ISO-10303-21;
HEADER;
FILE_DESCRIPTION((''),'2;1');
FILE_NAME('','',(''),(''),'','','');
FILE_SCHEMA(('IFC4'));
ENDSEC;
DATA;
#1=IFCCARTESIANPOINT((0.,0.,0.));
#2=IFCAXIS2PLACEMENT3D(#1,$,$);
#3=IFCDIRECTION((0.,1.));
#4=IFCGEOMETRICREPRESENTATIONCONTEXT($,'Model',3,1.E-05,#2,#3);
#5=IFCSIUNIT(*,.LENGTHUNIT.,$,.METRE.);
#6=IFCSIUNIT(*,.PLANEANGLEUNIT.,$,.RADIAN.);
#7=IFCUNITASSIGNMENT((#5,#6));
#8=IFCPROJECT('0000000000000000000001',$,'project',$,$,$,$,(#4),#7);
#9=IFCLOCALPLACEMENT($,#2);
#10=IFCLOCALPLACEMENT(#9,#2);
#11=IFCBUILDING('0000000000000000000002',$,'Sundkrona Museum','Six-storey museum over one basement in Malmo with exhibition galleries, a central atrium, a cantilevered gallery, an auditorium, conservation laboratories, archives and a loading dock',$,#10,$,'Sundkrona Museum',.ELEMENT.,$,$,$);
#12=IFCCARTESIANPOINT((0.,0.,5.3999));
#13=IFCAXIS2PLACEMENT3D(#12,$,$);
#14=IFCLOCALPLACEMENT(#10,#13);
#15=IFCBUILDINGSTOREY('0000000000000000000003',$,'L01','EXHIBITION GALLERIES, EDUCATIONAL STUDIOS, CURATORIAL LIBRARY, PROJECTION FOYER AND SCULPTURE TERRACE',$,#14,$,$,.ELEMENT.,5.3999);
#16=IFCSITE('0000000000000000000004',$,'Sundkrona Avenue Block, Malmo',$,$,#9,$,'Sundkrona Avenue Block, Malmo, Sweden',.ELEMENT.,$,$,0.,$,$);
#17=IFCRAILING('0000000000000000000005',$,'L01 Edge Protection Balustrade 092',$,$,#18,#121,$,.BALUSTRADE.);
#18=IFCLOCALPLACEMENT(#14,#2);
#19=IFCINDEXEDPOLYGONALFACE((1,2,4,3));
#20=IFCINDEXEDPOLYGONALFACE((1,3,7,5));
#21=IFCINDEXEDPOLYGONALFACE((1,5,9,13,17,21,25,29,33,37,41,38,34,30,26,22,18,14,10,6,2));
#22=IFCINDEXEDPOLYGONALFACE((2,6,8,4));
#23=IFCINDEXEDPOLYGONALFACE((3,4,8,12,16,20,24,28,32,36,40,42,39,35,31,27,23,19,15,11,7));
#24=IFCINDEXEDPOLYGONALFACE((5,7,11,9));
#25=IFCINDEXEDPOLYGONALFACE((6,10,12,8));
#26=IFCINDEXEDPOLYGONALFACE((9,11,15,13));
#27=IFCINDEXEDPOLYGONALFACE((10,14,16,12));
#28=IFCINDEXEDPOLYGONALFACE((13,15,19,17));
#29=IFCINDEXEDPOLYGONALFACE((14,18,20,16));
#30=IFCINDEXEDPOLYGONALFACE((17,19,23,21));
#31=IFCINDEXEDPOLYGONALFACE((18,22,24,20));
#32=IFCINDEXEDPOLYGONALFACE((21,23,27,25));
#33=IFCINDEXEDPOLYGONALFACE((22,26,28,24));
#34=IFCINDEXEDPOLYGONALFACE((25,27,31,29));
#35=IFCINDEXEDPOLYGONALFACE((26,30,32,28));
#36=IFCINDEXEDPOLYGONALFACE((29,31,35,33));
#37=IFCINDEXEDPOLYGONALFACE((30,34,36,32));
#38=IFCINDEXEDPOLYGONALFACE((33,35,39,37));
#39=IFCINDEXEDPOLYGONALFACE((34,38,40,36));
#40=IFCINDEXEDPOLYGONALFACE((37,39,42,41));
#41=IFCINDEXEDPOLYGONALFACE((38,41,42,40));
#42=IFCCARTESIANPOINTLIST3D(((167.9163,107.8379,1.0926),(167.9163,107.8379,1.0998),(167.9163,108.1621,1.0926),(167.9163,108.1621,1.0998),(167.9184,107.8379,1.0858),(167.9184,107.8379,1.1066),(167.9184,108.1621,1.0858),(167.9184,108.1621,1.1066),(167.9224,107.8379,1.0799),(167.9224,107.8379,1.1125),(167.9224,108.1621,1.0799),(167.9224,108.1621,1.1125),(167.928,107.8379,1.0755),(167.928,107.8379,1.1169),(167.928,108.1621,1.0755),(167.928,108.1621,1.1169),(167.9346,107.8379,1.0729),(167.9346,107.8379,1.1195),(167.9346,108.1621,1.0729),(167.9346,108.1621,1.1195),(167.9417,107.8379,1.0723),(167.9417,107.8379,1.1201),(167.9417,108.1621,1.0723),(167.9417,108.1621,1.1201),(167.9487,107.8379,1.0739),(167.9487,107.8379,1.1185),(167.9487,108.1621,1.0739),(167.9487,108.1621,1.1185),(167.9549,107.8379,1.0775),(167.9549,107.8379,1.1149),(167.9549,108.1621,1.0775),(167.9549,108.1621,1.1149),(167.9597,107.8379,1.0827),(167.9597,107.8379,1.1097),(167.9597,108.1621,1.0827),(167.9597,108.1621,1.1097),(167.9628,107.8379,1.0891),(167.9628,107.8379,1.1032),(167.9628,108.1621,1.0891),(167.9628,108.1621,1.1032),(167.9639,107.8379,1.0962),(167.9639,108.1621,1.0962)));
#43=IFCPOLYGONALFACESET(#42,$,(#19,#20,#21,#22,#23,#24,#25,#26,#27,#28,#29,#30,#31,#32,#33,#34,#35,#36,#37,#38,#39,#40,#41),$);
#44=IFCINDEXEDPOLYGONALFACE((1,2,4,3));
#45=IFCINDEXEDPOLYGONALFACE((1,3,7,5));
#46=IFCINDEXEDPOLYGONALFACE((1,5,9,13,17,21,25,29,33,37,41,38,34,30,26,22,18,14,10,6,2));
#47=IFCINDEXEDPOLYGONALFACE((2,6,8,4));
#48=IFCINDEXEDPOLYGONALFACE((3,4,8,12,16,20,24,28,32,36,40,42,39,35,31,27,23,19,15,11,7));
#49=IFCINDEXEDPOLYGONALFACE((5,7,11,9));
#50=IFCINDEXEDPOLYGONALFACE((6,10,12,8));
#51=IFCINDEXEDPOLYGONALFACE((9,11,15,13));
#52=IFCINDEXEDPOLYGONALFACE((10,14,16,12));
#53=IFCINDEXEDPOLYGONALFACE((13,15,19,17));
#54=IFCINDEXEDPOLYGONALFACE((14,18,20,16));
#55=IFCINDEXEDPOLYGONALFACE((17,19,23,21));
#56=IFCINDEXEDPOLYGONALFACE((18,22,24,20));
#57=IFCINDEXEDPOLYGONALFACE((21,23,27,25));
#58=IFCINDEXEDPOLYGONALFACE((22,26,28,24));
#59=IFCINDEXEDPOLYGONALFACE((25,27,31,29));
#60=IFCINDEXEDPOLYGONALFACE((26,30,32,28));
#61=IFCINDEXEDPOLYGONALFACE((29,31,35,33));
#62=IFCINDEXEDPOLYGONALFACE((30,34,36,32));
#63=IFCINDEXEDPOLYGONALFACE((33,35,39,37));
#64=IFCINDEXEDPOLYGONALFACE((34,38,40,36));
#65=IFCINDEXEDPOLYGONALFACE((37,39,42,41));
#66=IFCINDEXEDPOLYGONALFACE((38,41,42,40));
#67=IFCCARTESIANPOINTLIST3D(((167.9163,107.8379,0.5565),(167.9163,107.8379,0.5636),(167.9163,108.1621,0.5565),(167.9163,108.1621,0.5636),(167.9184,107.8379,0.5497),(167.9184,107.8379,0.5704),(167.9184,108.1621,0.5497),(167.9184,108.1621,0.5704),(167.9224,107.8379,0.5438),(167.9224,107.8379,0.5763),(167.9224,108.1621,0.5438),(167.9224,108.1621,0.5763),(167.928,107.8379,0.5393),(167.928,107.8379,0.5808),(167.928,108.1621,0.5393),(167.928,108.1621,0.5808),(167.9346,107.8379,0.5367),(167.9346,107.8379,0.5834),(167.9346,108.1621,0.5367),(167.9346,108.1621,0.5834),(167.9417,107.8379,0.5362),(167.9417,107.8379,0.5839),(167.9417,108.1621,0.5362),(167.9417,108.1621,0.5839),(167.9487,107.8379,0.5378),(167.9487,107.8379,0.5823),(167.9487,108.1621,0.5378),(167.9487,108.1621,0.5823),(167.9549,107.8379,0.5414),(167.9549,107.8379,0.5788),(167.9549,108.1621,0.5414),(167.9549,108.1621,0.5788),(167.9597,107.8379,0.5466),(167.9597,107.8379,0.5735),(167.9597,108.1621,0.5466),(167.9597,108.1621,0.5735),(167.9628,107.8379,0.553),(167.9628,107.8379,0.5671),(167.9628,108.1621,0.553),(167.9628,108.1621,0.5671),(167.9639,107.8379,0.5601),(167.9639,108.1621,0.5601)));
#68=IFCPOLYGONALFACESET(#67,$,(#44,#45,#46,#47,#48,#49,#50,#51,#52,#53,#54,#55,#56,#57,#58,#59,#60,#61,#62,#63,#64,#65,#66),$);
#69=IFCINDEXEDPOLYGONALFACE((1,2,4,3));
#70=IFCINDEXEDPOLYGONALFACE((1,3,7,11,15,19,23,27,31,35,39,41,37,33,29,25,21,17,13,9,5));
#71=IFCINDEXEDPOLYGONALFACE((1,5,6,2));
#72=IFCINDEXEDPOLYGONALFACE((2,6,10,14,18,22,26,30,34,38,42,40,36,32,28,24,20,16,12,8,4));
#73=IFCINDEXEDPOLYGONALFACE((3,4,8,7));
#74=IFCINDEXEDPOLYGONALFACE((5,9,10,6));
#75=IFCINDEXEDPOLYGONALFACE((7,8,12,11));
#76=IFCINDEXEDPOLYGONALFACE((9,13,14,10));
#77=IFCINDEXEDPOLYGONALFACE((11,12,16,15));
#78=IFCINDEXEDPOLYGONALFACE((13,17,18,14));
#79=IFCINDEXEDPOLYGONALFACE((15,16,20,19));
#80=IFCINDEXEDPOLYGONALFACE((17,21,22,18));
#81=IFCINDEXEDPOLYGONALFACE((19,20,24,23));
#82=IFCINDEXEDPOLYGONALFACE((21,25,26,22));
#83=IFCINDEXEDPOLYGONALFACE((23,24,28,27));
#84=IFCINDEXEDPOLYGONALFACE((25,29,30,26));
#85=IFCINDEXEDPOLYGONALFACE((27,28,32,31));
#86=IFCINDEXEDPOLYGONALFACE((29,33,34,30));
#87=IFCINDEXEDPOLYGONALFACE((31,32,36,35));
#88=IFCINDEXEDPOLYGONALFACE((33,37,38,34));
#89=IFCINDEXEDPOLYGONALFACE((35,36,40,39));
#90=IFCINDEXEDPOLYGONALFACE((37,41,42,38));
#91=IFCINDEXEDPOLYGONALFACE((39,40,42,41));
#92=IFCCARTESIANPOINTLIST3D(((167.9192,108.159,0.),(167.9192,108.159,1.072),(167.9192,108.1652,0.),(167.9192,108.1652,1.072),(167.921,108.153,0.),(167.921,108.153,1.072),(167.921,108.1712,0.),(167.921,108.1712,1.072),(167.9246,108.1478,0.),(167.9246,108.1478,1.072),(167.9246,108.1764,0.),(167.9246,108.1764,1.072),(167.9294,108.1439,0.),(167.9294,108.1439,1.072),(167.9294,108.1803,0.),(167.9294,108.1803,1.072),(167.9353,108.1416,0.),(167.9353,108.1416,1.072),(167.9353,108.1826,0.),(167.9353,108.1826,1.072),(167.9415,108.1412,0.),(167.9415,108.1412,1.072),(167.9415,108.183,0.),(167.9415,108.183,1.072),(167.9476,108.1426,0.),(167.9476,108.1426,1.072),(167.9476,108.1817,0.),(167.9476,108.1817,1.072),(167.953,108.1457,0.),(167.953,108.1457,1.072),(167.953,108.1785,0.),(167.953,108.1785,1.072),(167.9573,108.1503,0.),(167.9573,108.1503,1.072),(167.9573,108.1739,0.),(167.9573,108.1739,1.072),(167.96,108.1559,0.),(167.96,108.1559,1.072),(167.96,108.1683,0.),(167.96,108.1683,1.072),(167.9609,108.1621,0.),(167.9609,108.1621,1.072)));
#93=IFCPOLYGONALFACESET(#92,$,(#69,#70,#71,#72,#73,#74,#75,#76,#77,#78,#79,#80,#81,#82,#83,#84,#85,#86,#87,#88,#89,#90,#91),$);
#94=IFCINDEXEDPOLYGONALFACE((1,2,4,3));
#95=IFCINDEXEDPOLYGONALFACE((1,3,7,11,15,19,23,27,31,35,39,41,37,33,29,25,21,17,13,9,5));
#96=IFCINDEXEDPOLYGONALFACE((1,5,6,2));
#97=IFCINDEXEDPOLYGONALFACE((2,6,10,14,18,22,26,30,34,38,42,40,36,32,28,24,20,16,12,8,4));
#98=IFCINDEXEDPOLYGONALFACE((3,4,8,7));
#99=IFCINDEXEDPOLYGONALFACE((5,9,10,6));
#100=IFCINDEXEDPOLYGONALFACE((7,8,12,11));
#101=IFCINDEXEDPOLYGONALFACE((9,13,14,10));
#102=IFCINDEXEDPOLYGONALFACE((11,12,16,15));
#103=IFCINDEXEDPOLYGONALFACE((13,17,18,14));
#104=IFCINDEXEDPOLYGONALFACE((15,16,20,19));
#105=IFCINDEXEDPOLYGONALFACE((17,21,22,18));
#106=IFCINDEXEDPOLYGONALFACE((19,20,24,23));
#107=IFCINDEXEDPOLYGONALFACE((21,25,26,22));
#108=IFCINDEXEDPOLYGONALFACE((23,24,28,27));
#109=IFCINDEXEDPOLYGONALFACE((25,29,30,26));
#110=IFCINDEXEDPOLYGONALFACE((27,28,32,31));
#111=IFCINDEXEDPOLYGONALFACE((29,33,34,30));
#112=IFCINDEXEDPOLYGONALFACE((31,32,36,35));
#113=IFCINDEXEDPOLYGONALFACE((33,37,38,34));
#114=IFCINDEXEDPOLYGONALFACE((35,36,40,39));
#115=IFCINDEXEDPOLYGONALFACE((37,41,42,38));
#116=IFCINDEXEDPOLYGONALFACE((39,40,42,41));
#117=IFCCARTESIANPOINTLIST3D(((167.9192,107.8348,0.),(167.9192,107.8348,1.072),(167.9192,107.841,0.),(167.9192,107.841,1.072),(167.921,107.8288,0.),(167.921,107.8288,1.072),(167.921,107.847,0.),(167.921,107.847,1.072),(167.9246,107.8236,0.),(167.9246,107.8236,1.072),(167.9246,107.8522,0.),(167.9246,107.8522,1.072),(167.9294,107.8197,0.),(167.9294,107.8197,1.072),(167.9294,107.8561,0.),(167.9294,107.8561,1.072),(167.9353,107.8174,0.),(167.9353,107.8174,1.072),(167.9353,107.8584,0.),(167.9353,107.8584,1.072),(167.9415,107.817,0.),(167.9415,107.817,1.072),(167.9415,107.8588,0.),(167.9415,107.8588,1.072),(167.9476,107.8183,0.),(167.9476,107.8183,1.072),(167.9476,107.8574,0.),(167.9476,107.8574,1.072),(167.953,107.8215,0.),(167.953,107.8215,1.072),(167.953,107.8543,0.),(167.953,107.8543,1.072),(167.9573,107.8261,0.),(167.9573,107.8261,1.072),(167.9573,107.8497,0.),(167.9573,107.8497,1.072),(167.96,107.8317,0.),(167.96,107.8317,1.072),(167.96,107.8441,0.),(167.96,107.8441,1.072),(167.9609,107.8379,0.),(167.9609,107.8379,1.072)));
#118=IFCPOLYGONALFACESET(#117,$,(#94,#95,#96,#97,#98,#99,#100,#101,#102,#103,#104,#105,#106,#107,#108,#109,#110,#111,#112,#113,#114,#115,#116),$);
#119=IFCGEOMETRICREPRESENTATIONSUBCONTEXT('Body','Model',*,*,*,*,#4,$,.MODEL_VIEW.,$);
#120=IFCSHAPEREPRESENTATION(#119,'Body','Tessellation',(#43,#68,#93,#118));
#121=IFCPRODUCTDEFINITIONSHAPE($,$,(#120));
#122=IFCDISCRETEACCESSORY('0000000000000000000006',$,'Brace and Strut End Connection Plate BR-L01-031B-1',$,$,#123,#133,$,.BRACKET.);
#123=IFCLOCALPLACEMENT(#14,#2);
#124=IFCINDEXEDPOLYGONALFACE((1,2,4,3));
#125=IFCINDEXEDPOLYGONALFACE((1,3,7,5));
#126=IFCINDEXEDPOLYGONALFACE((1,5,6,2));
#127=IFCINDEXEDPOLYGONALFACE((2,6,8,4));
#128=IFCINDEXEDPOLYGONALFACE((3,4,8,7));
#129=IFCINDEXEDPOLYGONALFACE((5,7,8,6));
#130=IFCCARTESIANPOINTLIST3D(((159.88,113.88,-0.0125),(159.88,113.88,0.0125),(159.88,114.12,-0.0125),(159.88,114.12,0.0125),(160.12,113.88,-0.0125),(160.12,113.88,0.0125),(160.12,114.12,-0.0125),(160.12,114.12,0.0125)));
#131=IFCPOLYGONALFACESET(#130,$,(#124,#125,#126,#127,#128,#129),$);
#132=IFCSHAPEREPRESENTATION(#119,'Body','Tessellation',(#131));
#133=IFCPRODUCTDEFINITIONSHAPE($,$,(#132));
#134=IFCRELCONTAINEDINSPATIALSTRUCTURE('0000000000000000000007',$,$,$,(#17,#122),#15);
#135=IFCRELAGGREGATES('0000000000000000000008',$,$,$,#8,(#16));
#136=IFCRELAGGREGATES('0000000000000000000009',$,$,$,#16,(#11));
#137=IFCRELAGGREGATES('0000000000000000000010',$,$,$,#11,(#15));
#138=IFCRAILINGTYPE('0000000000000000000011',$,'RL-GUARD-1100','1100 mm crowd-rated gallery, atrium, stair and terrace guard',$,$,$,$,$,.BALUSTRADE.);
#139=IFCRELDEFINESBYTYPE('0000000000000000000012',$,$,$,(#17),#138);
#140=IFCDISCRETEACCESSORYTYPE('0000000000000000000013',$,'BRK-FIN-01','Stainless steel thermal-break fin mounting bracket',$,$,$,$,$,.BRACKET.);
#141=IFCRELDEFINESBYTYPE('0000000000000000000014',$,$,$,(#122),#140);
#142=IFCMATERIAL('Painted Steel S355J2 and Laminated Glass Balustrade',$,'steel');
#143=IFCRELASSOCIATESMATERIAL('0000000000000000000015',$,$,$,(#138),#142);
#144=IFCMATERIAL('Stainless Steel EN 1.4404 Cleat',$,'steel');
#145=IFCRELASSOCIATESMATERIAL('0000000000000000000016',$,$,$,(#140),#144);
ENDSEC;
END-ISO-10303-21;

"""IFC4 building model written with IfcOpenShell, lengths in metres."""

from ifc_helpers import new_model, si_unit, direction, frame, origin, origin_2d, place, context, subcontext, project, spatial, rectangle, circle, extrude, material, type_object, element, save


model = new_model("IFC4")

# Units and contexts
model_context = context("Model", 3, precision=1e-05, world=origin(), true_north=direction((0.0, 1.0)))
body_context = subcontext(model_context, "Body", "Model", "MODEL_VIEW")
ifc_project = project(units=[si_unit("LENGTHUNIT", "METRE"), si_unit("PLANEANGLEUNIT", "RADIAN")], contexts=[model_context])

# Site, building, storey
site_placement = place(None, origin())
site = spatial("IfcSite", under=ifc_project, at=site_placement, Name="Sundkrona Avenue Block, Malmo", LongName="Sundkrona Avenue Block, Malmo, Sweden", CompositionType="ELEMENT", RefElevation=0.0)
building_placement = place(site_placement, origin())
building = spatial("IfcBuilding", under=site, at=building_placement, Name="Sundkrona Museum", Description="Six-storey museum over one basement in Malmo with exhibition galleries, a central atrium, a cantilevered gallery, an auditorium, conservation laboratories, archives and a loading dock", LongName="Sundkrona Museum", CompositionType="ELEMENT")
storey_placement = place(building_placement, frame((0.0, 0.0, 5.3999)))
storey = spatial("IfcBuildingStorey", under=building, at=storey_placement, Name="L01", Description="EXHIBITION GALLERIES, EDUCATIONAL STUDIOS, CURATORIAL LIBRARY, PROJECTION FOYER AND SCULPTURE TERRACE", CompositionType="ELEMENT", Elevation=5.3999)

# Railing
ifc_material_1 = material(Name="Painted Steel S355J2 and Laminated Glass Balustrade", Category="steel")
railing_type = type_object("IfcRailingType", Name="RL-GUARD-1100", Description="1100 mm crowd-rated gallery, atrium, stair and terrace guard", PredefinedType="BALUSTRADE", material=ifc_material_1)
for number, where, name in (
    (1, (167.9399, 108.1621, 0.0), "L01 Edge Protection Balustrade 092"),
):
    element("IfcRailing", number, at=place(storey_placement, frame(where)), inside=storey, type_object=railing_type, Name=name, PredefinedType="BALUSTRADE", context=body_context, shape_type="SweptSolid", body=[
        extrude(circle(Radius=0.0239, at=origin_2d()), frame((0.0, 0.0, 1.0962), z_axis=(0.0, -1.0, 0.0), x_axis=(1.0, 0.0, 0.0)), (0.0, 0.0, 1.0), 0.3242),
        extrude(circle(Radius=0.0239, at=origin_2d()), frame((0.0, 0.0, 0.5601), z_axis=(0.0, -1.0, 0.0), x_axis=(1.0, 0.0, 0.0)), (0.0, 0.0, 1.0), 0.3242),
        extrude(circle(Radius=0.021, at=origin_2d()), origin(), (0.0, 0.0, 1.0), 1.072),
        extrude(circle(Radius=0.021, at=origin_2d()), frame((0.0, -0.3242, 0.0)), (0.0, 0.0, 1.0), 1.072),
    ])

# Discrete accessory
ifc_material_2 = material(Name="Stainless Steel EN 1.4404 Cleat", Category="steel")
discrete_accessory_type = type_object("IfcDiscreteAccessoryType", Name="BRK-FIN-01", Description="Stainless steel thermal-break fin mounting bracket", PredefinedType="BRACKET", material=ifc_material_2)
discrete_accessory_placement = place(storey_placement, frame((160.0, 114.0, -0.0125), z_axis=(0.0, 0.0, 1.0), x_axis=(1.0, 0.0, 0.0)))
element("IfcDiscreteAccessory", 2, at=discrete_accessory_placement, inside=storey, type_object=discrete_accessory_type, Name="Brace and Strut End Connection Plate BR-L01-031B-1", PredefinedType="BRACKET", context=body_context, shape_type="SweptSolid", body=[
    extrude(rectangle(XDim=0.24, YDim=0.24, at=origin_2d()), origin(), (0.0, 0.0, 1.0), 0.0249),
])

save(model, "model.ifc")
